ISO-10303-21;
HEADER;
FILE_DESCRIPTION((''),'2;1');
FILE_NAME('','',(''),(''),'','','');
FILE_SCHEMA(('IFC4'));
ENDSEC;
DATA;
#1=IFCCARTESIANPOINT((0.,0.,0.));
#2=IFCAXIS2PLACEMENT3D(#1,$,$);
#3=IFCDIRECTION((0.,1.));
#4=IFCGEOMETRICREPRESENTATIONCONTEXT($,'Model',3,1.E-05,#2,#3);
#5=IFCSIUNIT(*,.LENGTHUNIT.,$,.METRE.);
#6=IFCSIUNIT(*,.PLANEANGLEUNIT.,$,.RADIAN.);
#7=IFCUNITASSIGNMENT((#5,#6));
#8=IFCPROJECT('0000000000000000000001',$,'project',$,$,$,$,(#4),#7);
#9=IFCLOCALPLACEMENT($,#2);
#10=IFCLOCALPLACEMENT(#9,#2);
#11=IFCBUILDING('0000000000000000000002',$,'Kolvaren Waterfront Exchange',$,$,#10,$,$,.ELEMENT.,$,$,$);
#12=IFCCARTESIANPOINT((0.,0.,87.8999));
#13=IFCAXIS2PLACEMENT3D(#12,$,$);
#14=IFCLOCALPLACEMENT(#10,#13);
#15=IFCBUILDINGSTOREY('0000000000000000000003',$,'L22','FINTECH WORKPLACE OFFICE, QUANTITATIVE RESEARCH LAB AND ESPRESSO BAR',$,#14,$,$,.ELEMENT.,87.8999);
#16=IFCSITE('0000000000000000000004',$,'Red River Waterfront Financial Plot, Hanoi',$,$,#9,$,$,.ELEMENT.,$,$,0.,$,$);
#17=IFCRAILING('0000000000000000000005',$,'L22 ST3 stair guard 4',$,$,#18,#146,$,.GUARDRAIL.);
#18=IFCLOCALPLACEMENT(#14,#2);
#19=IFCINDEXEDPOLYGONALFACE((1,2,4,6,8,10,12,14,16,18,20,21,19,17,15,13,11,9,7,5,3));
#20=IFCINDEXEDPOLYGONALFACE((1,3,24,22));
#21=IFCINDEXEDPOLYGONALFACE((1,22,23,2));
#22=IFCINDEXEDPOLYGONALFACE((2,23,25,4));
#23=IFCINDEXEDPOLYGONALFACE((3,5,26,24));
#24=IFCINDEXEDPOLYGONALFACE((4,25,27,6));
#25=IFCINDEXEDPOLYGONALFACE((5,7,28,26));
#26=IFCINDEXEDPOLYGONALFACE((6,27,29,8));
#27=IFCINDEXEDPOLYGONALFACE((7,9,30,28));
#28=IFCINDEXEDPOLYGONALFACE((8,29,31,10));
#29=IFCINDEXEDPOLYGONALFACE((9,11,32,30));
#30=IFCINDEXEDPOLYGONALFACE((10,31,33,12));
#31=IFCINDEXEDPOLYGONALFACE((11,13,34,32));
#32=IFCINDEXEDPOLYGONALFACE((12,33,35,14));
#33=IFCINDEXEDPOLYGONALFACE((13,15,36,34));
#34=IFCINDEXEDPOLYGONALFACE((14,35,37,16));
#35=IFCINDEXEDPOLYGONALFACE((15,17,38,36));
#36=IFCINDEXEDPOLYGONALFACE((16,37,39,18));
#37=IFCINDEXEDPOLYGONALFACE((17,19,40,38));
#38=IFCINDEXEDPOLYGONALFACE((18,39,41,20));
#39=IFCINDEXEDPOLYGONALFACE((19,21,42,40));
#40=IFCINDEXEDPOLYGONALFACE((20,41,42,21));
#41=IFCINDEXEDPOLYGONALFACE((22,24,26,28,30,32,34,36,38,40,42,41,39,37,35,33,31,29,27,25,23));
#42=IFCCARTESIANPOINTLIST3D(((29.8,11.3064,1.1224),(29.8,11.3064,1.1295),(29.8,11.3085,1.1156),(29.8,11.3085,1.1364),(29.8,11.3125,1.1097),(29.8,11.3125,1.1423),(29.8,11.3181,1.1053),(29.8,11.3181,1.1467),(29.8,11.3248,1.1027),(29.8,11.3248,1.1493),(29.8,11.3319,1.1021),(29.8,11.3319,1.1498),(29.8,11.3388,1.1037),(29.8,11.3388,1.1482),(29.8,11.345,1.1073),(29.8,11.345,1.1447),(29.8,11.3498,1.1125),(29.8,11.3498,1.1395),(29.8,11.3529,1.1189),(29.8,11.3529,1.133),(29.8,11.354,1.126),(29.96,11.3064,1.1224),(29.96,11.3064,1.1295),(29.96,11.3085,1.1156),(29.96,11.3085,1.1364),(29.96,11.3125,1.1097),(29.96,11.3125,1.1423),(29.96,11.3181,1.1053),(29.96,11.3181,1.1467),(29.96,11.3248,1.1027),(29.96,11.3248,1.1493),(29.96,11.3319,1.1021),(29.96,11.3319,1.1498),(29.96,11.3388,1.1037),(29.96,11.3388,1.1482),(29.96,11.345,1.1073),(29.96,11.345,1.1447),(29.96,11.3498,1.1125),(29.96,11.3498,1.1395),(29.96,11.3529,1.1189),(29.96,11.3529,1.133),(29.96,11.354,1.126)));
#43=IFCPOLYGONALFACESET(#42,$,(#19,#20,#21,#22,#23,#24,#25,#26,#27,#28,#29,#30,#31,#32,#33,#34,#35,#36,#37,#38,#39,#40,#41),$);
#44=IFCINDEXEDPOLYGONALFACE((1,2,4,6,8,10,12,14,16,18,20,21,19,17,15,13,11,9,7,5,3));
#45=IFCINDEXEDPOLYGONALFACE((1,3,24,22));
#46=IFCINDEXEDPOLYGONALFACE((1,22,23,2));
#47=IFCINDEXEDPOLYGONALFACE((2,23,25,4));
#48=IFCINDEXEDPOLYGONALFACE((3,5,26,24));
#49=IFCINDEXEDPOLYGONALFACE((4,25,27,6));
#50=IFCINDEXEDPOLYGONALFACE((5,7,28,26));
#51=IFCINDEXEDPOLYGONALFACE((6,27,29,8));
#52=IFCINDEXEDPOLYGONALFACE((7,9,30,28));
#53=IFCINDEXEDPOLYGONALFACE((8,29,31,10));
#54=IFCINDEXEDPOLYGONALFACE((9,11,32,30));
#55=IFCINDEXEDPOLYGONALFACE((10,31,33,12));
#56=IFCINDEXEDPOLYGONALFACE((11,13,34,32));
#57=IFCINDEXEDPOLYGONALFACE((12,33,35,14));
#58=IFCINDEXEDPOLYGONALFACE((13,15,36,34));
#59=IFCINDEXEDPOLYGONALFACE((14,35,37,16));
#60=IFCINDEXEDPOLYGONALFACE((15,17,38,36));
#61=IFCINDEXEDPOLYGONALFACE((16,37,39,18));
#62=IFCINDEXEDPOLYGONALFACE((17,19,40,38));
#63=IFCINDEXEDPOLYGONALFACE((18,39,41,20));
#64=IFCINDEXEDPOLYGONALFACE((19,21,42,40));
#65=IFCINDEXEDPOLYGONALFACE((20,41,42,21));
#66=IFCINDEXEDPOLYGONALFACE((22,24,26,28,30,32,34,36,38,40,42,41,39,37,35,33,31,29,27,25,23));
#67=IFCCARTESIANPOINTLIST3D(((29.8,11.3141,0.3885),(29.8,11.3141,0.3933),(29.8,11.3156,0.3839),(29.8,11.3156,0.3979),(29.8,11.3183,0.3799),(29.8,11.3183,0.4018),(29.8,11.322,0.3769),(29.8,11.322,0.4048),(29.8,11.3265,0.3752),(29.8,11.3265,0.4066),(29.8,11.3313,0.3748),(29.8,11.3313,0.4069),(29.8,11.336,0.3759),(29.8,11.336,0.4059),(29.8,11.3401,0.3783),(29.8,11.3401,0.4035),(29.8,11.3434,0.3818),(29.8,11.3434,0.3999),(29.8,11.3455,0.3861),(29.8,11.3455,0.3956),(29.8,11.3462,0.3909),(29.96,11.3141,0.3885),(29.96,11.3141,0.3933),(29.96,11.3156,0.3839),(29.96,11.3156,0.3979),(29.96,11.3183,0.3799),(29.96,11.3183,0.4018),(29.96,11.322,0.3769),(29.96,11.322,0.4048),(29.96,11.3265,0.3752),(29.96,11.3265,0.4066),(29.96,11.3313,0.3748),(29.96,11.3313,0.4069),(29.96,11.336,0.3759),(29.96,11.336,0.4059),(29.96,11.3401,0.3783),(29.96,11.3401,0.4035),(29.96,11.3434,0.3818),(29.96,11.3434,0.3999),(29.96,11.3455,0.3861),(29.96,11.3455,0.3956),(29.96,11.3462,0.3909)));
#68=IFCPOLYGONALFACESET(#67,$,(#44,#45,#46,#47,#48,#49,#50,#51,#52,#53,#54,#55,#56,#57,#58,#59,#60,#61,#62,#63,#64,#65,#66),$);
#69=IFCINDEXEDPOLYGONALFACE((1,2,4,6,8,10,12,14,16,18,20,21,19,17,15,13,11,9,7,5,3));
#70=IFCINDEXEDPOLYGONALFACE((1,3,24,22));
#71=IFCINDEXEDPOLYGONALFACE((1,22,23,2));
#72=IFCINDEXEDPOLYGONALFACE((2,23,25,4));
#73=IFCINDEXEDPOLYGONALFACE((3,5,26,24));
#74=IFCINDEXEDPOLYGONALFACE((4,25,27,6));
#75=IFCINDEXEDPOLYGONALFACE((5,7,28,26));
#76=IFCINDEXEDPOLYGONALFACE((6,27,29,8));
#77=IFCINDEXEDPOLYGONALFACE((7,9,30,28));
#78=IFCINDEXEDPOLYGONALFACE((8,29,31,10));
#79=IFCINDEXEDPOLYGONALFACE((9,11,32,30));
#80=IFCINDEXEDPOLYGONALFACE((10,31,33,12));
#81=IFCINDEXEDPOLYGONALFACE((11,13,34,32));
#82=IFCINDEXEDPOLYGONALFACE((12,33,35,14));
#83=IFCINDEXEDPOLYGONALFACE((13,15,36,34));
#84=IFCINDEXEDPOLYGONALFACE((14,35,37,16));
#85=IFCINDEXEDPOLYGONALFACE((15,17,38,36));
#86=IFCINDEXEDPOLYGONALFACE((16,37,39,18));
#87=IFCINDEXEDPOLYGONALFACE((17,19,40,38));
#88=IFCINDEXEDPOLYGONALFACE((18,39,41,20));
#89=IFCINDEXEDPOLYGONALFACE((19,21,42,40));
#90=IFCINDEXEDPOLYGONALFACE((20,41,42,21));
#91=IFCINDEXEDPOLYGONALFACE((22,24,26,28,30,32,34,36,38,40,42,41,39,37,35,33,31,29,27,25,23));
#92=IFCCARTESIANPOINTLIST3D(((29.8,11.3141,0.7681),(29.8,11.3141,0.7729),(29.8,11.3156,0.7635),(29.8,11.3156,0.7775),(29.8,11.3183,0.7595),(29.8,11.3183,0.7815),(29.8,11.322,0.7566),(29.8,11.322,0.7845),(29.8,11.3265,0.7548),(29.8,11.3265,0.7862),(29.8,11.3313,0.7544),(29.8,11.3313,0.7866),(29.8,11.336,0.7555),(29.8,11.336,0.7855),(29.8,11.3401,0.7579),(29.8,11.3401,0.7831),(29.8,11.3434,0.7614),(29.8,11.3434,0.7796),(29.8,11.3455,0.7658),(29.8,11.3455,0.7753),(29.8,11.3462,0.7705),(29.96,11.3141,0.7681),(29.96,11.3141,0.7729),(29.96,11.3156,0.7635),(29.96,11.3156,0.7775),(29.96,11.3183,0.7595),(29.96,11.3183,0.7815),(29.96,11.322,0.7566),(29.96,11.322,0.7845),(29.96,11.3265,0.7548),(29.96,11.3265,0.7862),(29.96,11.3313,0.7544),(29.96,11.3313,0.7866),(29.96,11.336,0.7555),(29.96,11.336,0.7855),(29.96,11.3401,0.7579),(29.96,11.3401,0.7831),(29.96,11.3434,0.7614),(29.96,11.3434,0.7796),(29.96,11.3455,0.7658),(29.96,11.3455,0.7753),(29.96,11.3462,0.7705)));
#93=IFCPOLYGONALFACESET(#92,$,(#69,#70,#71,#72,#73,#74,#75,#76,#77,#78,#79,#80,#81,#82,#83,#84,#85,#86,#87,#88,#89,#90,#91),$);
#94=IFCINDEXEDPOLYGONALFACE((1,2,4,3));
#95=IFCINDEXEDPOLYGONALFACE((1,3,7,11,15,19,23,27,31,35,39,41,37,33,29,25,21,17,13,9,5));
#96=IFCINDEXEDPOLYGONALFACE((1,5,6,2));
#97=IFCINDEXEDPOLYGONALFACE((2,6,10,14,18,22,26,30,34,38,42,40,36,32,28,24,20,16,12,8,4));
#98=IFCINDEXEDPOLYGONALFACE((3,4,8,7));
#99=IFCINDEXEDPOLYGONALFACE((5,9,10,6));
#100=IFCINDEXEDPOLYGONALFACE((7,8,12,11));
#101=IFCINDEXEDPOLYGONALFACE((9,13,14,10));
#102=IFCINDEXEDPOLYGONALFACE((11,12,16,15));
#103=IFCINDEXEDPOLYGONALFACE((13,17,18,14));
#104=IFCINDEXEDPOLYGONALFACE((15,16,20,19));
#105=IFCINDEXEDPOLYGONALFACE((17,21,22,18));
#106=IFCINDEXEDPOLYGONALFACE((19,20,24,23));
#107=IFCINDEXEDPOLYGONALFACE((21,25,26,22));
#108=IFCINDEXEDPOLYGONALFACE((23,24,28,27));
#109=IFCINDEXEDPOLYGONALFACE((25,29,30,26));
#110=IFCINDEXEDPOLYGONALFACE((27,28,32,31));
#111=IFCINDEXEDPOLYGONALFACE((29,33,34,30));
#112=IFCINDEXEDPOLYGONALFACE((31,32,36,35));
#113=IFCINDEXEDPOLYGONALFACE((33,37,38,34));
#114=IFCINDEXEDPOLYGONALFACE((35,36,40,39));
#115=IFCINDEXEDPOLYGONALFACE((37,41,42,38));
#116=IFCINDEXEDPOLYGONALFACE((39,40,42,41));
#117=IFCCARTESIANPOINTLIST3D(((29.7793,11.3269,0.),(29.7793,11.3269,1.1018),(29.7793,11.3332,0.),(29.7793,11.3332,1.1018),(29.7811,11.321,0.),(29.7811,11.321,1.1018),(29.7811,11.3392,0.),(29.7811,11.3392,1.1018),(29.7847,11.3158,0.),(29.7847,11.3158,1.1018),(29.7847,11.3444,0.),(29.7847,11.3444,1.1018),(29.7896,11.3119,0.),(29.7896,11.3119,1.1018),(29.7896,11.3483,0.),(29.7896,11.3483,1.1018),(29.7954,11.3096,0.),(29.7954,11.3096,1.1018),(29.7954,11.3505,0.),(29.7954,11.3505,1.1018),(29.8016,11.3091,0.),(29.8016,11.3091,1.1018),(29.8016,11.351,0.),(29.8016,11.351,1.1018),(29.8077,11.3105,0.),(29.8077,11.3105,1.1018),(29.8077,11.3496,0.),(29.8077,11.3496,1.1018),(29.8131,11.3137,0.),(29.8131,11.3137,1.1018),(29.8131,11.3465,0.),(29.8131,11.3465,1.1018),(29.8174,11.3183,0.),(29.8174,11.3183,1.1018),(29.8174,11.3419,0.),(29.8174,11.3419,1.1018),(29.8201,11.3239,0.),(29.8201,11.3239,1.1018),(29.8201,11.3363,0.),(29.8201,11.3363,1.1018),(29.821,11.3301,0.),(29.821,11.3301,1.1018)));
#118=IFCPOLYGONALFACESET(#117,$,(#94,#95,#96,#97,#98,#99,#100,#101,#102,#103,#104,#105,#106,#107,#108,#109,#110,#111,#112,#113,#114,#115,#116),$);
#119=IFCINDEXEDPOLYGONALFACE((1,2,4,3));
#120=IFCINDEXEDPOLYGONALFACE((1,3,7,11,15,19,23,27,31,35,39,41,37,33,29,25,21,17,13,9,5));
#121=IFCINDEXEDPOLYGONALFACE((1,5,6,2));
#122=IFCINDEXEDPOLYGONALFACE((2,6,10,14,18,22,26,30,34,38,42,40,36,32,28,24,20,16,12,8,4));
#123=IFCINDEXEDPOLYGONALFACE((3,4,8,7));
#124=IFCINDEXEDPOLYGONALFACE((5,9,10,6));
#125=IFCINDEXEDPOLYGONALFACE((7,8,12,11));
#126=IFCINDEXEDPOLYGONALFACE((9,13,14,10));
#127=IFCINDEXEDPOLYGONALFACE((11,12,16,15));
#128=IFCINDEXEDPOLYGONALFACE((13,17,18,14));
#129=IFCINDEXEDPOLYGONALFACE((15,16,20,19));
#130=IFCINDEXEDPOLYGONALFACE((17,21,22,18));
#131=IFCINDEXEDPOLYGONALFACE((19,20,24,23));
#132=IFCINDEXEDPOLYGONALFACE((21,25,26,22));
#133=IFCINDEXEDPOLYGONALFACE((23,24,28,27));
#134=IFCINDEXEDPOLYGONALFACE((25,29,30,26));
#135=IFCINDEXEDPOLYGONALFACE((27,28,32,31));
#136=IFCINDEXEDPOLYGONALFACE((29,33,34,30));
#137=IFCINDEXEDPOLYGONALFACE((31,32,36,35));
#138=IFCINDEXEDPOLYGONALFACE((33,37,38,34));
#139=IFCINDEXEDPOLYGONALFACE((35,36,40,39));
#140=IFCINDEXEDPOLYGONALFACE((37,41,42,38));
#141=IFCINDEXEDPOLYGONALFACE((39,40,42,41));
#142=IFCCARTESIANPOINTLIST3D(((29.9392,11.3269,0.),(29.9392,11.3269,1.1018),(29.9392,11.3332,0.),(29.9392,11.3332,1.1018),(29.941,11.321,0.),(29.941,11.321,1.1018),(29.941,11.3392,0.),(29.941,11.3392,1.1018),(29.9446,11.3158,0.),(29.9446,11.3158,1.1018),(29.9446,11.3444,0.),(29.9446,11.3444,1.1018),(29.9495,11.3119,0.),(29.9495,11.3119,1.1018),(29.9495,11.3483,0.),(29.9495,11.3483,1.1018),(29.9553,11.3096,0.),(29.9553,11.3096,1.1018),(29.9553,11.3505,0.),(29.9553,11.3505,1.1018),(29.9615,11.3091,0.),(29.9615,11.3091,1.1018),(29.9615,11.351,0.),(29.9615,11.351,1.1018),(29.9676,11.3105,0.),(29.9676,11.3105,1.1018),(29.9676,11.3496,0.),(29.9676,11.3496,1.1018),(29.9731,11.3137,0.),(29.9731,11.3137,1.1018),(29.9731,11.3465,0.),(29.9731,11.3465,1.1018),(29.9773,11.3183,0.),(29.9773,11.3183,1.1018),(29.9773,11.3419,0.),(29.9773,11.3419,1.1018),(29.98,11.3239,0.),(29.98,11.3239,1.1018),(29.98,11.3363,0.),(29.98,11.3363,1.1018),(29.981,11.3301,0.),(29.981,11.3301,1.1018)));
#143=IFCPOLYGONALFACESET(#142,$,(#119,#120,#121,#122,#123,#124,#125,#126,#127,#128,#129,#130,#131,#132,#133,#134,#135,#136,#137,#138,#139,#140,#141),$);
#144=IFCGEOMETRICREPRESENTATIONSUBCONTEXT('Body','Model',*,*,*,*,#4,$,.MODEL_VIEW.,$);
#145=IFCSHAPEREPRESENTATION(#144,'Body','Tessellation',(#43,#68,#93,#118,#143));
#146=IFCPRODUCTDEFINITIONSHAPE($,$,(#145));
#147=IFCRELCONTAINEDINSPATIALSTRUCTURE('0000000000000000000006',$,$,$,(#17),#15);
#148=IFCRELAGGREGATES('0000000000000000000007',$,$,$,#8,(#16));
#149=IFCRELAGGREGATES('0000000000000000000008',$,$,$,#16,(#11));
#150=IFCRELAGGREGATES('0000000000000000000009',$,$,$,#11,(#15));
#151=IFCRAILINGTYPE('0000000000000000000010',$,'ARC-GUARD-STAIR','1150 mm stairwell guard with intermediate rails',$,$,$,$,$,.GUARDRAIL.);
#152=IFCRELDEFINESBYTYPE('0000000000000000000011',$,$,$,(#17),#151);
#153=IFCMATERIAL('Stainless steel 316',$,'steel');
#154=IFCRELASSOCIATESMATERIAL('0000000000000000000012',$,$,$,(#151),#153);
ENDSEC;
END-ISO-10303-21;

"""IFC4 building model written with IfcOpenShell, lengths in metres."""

from ifc_helpers import new_model, si_unit, direction, frame, origin, origin_2d, place, context, subcontext, project, spatial, circle, extrude, material, type_object, element, save


model = new_model("IFC4")

# Units and contexts
model_context = context("Model", 3, precision=1e-05, world=origin(), true_north=direction((0.0, 1.0)))
body_context = subcontext(model_context, "Body", "Model", "MODEL_VIEW")
ifc_project = project(units=[si_unit("LENGTHUNIT", "METRE"), si_unit("PLANEANGLEUNIT", "RADIAN")], contexts=[model_context])

# Site, building, storey
site_placement = place(None, origin())
site = spatial("IfcSite", under=ifc_project, at=site_placement, Name="Red River Waterfront Financial Plot, Hanoi", CompositionType="ELEMENT", RefElevation=0.0)
building_placement = place(site_placement, origin())
building = spatial("IfcBuilding", under=site, at=building_placement, Name="Kolvaren Waterfront Exchange", CompositionType="ELEMENT")
storey_placement = place(building_placement, frame((0.0, 0.0, 87.8999)))
storey = spatial("IfcBuildingStorey", under=building, at=storey_placement, Name="L22", Description="FINTECH WORKPLACE OFFICE, QUANTITATIVE RESEARCH LAB AND ESPRESSO BAR", CompositionType="ELEMENT", Elevation=87.8999)

# Railing
ifc_material_1 = material(Name="Stainless steel 316", Category="steel")
railing_type_1 = type_object("IfcRailingType", Name="ARC-GUARD-STAIR", Description="1150 mm stairwell guard with intermediate rails", PredefinedType="GUARDRAIL", material=ifc_material_1)
railing_1_placement = place(storey_placement, frame((29.8, 11.3301, 0.0)))
element("IfcRailing", 1, at=railing_1_placement, inside=storey, type_object=railing_type_1, Name="L22 ST3 stair guard 4", PredefinedType="GUARDRAIL", context=body_context, shape_type="SweptSolid", body=[
    extrude(circle(Radius=0.0239, at=origin_2d()), frame((0.0, 0.0, 1.126), z_axis=(1.0, 0.0, 0.0), x_axis=(0.0, 1.0, 0.0)), (0.0, 0.0, 1.0), 0.1599),
    extrude(circle(Radius=0.0161, at=origin_2d()), frame((0.0, 0.0, 0.3909), z_axis=(1.0, 0.0, 0.0), x_axis=(0.0, 1.0, 0.0)), (0.0, 0.0, 1.0), 0.1599),
    extrude(circle(Radius=0.0161, at=origin_2d()), frame((0.0, 0.0, 0.7705), z_axis=(1.0, 0.0, 0.0), x_axis=(0.0, 1.0, 0.0)), (0.0, 0.0, 1.0), 0.1599),
    extrude(circle(Radius=0.021, at=origin_2d()), origin(), (0.0, 0.0, 1.0), 1.1018),
    extrude(circle(Radius=0.021, at=origin_2d()), frame((0.1599, 0.0, 0.0)), (0.0, 0.0, 1.0), 1.1018),
])

save(model, "model.ifc")
